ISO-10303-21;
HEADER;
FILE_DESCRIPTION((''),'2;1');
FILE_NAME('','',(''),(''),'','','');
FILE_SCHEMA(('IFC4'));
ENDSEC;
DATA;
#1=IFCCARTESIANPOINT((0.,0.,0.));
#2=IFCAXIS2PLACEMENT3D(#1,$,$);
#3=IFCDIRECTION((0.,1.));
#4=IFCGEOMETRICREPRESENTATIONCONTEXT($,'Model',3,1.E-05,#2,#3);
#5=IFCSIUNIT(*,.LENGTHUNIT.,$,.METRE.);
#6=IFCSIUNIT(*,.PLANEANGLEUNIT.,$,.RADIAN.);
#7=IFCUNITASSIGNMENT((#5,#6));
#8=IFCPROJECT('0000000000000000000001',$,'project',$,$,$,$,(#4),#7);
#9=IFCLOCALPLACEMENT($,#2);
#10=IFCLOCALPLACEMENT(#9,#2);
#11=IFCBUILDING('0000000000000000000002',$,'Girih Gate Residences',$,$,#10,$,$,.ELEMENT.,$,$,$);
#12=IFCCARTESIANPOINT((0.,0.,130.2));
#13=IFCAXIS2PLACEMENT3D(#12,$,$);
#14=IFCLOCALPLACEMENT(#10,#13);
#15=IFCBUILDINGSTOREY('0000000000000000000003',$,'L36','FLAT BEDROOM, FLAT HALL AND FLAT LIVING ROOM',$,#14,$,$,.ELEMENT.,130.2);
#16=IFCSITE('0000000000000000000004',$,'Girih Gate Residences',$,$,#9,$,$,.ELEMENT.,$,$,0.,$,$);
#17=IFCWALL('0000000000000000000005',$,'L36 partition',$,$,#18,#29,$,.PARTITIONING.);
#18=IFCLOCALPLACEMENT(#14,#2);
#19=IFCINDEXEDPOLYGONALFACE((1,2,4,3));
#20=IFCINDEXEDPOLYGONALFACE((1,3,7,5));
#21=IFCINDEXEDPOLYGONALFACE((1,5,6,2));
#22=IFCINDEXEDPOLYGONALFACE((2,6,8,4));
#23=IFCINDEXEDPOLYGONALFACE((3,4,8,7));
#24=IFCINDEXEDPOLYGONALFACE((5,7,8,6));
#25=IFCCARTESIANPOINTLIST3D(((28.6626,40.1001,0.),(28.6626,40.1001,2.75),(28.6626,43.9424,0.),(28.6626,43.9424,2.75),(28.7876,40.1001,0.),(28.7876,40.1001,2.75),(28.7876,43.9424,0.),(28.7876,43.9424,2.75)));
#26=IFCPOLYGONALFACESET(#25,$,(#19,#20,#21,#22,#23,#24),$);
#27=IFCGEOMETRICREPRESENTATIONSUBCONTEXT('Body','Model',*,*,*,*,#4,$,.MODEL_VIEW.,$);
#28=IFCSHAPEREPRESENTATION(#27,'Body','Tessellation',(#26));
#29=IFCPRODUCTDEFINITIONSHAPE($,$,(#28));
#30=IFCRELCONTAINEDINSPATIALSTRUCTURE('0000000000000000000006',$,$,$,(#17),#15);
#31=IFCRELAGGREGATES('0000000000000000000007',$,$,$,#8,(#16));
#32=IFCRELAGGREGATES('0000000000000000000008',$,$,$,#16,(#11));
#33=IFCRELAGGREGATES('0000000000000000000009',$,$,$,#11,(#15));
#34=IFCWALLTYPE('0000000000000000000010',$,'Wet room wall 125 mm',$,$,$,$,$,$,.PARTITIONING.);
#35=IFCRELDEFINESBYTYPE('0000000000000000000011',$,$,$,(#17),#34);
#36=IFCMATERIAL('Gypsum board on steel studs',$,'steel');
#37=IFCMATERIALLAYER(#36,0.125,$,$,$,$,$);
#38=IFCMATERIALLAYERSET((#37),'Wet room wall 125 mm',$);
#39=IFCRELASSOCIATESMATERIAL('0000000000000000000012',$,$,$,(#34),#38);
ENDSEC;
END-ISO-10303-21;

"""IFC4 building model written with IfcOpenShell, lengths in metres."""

from ifc_helpers import new_model, si_unit, direction, frame, frame_2d, origin, place, context, subcontext, project, spatial, rectangle, extrude, material, layer, layer_set, type_object, element, save


model = new_model("IFC4")

# Units and contexts
model_context = context("Model", 3, precision=1e-05, world=origin(), true_north=direction((0.0, 1.0)))
body_context = subcontext(model_context, "Body", "Model", "MODEL_VIEW")
ifc_project = project(units=[si_unit("LENGTHUNIT", "METRE"), si_unit("PLANEANGLEUNIT", "RADIAN")], contexts=[model_context])

# Site, building, storey
site_placement = place(None, origin())
site = spatial("IfcSite", under=ifc_project, at=site_placement, Name="Girih Gate Residences", CompositionType="ELEMENT", RefElevation=0.0)
building_placement = place(site_placement, origin())
building = spatial("IfcBuilding", under=site, at=building_placement, Name="Girih Gate Residences", CompositionType="ELEMENT")
storey_placement = place(building_placement, frame((0.0, 0.0, 130.2)))
storey = spatial("IfcBuildingStorey", under=building, at=storey_placement, Name="L36", Description="FLAT BEDROOM, FLAT HALL AND FLAT LIVING ROOM", CompositionType="ELEMENT", Elevation=130.2)

# Shared definitions
ifc_material_1 = material(Name="Gypsum board on steel studs", Category="steel")

# Wall
ifc_layer_1 = layer(ifc_material_1, 0.125)
ifc_layer_set_1 = layer_set([ifc_layer_1], Name="Wet room wall 125 mm")
wall_type_1 = type_object("IfcWallType", Name="Wet room wall 125 mm", PredefinedType="PARTITIONING", material=ifc_layer_set_1)
wall_1_placement = place(storey_placement, frame((28.7251, 40.1001, 0.0), z_axis=(0.0, 0.0, 1.0), x_axis=(0.0, 1.0, 0.0)))
element("IfcWall", 1, at=wall_1_placement, inside=storey, type_object=wall_type_1, Name="L36 partition", PredefinedType="PARTITIONING", context=body_context, shape_type="SweptSolid", body=[
    extrude(rectangle(XDim=3.8423, YDim=0.125, at=frame_2d((1.9211, 0.0))), origin(), (0.0, 0.0, 1.0), 2.75),
])

save(model, "model.ifc")
